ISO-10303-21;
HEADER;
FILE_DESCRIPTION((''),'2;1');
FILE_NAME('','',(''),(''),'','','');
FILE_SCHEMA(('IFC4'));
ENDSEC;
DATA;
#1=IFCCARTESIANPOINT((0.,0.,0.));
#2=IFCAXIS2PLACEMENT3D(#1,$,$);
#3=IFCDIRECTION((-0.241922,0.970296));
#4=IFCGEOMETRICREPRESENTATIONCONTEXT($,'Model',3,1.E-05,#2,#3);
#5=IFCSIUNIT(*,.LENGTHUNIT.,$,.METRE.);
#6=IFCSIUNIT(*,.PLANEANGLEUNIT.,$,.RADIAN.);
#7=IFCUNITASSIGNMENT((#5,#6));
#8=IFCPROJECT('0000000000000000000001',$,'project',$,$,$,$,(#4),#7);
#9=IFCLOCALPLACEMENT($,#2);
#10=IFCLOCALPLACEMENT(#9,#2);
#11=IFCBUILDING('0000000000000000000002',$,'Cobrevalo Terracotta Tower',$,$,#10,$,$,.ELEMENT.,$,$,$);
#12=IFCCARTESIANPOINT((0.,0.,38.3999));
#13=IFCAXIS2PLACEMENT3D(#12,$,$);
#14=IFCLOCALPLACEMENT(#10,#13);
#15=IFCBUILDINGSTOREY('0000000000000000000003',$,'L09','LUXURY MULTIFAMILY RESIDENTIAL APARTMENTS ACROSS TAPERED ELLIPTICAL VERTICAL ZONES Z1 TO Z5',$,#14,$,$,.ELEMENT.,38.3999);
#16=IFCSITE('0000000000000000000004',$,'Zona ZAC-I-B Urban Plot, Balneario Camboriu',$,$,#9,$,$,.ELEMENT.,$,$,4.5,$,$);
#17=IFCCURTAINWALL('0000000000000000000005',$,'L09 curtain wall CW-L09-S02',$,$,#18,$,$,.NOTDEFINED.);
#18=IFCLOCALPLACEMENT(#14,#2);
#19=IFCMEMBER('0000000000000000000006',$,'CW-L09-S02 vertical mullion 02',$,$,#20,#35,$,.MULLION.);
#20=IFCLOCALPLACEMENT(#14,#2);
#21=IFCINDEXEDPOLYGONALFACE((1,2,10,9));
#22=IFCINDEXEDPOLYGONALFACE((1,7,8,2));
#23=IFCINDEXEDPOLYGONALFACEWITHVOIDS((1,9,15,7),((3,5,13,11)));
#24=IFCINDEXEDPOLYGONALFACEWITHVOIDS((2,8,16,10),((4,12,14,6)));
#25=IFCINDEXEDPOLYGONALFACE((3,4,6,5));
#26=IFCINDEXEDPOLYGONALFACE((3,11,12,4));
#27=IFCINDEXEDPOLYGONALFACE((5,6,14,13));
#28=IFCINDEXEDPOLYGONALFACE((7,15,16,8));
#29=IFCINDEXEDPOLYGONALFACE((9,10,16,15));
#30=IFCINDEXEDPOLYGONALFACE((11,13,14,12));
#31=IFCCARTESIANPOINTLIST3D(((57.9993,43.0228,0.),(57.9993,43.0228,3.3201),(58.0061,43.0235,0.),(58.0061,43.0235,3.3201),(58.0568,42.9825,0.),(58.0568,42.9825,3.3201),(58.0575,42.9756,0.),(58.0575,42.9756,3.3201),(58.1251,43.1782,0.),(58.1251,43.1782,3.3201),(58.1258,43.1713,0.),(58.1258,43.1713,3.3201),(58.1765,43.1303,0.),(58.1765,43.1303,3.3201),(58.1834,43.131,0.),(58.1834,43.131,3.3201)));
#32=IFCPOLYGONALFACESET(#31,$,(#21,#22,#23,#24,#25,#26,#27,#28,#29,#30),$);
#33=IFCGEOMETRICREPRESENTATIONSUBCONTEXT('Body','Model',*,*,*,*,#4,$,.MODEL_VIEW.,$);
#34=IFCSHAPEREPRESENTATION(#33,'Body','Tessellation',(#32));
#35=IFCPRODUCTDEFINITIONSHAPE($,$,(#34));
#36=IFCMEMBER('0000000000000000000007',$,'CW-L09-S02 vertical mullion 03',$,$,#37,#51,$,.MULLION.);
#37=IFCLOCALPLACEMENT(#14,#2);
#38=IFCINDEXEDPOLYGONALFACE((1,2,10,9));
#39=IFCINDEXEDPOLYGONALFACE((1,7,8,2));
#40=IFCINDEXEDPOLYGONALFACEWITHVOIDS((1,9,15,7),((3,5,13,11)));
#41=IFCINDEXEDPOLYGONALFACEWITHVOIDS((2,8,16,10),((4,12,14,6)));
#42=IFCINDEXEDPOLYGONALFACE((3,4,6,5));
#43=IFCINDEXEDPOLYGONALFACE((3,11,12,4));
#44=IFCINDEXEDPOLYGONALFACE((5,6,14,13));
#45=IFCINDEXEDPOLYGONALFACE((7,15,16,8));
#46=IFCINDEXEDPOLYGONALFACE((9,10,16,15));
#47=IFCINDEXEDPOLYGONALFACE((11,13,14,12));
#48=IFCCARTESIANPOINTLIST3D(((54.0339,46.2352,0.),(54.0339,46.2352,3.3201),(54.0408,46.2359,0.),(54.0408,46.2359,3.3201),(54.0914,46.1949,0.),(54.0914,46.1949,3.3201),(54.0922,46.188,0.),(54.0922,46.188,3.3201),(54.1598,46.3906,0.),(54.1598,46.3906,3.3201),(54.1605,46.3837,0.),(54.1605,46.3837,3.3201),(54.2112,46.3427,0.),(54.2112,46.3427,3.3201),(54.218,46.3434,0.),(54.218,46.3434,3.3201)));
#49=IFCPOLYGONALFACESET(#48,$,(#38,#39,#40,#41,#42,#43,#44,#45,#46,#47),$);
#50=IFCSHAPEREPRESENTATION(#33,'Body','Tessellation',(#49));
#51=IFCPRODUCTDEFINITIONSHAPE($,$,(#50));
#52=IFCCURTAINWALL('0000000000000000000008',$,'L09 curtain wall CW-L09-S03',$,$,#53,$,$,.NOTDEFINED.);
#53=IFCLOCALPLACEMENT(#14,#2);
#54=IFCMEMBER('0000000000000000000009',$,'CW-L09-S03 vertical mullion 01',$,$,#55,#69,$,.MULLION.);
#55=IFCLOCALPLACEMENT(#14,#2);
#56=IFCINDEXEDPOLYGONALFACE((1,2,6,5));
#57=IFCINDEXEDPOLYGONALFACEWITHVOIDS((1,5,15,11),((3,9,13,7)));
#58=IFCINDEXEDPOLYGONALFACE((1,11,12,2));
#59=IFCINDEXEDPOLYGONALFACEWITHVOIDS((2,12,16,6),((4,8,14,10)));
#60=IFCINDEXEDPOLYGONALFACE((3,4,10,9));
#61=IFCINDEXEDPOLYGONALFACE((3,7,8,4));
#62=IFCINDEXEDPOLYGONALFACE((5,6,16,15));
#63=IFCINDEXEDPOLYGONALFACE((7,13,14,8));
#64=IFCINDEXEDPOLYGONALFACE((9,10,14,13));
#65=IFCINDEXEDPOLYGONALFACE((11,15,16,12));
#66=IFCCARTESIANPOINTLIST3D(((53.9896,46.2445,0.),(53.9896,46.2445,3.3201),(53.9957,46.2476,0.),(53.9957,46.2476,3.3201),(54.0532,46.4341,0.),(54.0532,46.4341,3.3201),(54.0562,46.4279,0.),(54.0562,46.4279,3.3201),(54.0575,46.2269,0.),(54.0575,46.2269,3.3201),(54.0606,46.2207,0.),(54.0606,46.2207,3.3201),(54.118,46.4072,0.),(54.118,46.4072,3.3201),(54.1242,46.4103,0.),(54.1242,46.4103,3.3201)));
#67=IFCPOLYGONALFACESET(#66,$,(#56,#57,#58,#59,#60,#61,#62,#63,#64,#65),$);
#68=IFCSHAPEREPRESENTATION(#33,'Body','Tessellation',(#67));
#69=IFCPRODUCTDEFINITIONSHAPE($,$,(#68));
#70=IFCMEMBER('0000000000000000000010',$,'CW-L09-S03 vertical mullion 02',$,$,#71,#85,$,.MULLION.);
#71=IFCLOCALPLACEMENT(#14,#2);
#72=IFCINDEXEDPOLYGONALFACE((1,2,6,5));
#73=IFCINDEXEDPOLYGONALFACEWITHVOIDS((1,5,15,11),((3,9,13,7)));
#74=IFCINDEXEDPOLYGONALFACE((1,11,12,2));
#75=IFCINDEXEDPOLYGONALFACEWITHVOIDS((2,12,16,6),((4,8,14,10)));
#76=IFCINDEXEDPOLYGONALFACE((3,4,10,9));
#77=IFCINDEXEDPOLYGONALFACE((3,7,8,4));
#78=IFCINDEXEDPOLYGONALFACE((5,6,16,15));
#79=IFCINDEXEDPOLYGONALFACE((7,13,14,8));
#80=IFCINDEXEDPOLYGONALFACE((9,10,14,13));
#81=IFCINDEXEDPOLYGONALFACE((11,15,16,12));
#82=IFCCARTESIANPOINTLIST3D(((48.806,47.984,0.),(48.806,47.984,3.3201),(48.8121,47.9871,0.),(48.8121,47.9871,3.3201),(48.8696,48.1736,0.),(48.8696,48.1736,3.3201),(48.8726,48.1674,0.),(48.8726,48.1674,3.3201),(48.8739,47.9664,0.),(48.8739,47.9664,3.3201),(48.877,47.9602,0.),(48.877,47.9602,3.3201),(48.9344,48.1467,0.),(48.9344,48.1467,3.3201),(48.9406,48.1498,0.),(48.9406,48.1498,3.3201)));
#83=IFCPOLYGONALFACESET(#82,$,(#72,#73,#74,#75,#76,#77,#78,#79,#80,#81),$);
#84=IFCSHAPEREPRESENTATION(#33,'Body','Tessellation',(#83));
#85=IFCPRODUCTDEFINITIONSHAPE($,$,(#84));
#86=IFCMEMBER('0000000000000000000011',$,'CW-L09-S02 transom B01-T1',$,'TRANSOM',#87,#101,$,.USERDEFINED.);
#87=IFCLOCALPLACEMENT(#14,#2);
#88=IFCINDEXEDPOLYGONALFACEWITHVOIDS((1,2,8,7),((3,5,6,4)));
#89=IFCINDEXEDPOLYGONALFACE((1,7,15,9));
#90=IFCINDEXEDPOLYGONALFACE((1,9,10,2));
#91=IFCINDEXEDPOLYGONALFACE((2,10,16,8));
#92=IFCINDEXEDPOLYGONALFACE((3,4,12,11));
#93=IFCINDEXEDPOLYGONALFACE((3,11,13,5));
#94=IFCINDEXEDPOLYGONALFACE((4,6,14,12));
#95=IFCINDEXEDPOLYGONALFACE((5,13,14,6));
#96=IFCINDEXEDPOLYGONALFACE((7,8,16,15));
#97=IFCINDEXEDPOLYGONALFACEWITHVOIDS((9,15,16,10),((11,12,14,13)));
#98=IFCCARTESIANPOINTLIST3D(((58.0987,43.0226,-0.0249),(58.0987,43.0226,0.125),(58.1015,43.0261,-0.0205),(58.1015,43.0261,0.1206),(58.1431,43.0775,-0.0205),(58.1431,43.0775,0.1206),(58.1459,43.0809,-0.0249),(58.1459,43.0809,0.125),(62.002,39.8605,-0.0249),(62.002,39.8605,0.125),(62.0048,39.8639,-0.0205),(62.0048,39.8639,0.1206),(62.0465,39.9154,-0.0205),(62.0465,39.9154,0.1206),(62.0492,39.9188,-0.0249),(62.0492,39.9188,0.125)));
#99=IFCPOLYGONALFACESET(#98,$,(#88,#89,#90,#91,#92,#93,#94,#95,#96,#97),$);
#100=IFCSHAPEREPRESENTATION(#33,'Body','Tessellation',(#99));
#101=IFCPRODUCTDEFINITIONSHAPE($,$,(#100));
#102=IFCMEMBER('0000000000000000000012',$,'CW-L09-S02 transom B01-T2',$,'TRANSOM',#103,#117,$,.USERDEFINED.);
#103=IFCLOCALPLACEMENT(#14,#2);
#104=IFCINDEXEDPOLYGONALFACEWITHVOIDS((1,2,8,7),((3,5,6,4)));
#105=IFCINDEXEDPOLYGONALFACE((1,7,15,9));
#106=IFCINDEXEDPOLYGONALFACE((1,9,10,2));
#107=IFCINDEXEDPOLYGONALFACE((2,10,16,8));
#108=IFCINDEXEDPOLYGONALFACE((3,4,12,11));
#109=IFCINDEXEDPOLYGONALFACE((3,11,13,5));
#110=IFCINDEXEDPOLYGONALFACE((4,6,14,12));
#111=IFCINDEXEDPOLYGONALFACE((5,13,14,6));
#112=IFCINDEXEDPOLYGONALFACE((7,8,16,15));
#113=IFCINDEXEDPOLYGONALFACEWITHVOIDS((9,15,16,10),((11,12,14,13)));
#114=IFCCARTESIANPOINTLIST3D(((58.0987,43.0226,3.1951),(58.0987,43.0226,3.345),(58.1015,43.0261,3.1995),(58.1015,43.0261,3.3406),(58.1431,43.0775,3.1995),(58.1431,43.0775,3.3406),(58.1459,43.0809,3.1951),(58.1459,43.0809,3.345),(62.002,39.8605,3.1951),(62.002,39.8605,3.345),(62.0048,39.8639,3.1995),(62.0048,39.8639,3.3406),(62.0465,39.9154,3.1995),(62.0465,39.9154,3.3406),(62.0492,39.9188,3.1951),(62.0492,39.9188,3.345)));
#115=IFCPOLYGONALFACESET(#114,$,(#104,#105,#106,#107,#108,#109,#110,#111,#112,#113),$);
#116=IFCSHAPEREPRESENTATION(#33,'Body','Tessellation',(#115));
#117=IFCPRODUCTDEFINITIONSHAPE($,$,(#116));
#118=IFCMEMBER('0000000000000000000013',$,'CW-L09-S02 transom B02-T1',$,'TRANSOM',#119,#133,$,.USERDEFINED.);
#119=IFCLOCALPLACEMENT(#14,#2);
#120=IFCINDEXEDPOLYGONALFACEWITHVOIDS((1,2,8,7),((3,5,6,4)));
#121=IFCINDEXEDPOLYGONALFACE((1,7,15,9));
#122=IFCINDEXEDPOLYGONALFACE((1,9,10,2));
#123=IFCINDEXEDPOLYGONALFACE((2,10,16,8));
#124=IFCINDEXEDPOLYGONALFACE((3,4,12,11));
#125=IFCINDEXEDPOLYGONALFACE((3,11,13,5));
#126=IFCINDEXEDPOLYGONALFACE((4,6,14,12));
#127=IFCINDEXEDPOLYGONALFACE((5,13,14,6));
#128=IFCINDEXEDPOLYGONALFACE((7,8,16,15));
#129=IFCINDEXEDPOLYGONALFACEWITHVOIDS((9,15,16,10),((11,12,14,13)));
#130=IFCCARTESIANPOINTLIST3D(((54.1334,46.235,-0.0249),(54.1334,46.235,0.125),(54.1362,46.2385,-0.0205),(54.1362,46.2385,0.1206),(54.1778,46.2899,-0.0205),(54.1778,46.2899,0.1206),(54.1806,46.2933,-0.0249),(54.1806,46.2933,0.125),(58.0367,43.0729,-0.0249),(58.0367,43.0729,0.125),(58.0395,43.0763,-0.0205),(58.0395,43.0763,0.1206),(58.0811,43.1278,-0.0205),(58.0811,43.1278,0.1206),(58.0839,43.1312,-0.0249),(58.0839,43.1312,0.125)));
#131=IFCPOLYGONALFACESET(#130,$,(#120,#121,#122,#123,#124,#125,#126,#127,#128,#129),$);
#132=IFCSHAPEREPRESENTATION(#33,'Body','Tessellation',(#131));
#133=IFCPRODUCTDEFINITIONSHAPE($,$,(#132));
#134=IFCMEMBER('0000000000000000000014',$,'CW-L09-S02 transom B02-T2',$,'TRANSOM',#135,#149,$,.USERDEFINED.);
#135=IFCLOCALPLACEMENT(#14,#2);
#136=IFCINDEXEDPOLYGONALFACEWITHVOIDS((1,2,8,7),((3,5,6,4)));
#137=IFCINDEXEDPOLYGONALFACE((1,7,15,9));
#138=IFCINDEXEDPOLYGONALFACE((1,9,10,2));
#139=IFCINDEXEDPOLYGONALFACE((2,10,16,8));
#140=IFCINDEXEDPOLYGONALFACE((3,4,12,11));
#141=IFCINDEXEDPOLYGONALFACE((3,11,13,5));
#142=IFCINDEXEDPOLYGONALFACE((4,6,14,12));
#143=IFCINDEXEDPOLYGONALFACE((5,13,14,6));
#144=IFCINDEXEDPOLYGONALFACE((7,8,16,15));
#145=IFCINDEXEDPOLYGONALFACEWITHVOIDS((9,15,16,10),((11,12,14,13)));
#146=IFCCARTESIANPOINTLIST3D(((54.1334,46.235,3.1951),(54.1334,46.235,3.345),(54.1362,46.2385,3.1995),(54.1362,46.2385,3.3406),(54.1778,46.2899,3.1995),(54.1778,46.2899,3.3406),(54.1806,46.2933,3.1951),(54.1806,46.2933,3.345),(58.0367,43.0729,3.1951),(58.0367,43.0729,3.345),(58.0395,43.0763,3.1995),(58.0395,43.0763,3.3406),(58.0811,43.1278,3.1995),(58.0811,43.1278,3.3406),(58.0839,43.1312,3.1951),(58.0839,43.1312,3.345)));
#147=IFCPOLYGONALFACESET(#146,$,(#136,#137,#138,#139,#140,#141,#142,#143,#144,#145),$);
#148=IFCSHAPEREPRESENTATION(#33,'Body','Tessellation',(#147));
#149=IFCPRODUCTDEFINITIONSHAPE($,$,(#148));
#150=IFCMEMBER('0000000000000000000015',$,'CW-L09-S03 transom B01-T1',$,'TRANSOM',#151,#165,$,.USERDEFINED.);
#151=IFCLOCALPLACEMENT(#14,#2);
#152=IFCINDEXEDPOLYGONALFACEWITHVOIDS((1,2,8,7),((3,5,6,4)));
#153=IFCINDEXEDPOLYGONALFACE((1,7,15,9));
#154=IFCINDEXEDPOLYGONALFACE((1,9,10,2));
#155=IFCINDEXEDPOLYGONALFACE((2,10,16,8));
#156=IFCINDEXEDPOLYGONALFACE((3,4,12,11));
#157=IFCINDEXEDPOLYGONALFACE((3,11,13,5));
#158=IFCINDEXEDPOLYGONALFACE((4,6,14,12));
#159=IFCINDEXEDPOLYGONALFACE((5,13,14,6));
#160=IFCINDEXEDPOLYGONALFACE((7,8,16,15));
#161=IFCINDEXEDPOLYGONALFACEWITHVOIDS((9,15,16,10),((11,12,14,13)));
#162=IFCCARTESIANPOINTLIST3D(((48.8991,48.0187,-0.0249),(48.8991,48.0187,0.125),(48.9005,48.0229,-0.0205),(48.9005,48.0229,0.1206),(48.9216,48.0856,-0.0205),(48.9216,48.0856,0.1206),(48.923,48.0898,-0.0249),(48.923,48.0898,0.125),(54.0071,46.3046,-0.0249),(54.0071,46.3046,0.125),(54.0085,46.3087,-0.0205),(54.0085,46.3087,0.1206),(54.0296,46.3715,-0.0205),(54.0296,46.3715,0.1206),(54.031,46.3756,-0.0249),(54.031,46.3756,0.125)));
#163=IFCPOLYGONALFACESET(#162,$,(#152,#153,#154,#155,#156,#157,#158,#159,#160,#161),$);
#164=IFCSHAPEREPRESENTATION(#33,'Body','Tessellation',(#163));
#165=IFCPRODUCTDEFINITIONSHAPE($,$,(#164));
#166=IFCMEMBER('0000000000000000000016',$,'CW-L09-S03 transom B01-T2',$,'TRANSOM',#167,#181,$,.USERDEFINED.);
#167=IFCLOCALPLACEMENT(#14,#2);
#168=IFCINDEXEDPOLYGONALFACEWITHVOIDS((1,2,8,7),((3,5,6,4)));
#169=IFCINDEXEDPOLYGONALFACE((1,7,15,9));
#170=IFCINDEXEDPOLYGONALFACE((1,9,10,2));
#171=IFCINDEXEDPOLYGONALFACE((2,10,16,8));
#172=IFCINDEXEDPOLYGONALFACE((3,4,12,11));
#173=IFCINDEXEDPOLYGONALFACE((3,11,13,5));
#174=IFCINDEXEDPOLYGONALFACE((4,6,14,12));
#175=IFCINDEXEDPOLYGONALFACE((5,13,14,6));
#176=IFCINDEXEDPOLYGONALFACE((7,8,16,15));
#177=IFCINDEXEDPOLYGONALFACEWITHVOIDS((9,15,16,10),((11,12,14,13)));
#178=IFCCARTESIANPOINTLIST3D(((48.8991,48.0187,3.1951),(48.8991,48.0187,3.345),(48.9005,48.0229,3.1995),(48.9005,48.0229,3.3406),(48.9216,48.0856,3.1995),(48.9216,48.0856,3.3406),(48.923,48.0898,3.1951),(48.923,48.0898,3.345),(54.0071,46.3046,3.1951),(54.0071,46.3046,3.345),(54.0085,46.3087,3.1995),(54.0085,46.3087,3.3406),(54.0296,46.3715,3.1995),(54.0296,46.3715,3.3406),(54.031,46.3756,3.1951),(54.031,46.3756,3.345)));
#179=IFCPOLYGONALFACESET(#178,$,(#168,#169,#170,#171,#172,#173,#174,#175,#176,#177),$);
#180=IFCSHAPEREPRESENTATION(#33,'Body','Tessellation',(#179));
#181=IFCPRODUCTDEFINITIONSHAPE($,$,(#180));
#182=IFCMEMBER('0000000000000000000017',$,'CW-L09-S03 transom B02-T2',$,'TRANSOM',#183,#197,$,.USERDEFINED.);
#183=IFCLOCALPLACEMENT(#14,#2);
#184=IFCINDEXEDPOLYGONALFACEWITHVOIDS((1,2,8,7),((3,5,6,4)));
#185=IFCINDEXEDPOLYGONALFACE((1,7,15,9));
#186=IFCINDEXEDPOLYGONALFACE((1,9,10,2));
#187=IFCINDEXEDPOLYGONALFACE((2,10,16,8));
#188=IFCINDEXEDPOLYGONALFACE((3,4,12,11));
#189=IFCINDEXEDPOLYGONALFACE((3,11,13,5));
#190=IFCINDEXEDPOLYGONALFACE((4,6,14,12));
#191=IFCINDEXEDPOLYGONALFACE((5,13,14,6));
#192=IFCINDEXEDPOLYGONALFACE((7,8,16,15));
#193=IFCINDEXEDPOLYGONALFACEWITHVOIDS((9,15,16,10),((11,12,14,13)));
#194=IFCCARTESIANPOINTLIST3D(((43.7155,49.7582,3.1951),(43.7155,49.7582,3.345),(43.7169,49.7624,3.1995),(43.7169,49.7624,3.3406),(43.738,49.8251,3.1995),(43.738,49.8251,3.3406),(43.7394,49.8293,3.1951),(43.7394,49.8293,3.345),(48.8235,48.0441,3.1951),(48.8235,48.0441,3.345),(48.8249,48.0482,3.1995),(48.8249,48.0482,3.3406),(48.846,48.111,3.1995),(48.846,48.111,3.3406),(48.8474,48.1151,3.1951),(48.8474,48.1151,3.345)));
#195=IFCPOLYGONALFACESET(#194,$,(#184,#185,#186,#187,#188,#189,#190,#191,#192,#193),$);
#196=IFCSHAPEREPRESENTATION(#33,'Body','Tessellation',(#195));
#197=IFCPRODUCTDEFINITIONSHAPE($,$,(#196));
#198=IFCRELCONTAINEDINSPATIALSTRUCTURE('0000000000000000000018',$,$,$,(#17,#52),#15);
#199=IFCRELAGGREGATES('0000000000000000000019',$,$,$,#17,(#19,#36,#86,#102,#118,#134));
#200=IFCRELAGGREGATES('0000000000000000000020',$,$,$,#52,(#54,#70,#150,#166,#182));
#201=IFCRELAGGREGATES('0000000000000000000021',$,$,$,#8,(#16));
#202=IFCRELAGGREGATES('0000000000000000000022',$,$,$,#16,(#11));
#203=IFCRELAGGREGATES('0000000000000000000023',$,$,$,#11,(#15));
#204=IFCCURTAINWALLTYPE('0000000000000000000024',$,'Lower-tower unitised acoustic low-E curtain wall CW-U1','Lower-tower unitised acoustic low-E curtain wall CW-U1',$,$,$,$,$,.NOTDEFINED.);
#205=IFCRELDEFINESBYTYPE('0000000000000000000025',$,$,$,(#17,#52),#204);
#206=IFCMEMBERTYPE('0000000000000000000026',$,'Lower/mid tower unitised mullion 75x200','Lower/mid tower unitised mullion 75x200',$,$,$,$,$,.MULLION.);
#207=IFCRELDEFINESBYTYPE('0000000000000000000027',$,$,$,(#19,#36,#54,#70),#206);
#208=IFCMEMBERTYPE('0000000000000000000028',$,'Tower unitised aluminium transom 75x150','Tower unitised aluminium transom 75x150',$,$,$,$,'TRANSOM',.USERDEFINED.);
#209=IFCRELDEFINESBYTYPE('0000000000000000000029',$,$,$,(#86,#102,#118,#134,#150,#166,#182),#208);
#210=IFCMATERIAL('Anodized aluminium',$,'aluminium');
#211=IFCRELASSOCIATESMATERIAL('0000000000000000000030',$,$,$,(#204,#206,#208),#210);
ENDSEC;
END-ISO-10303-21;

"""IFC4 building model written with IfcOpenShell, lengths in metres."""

from ifc_helpers import new_model, si_unit, direction, frame, origin, origin_2d, place, context, subcontext, project, spatial, hollow_rectangle, extrude, source, transform, mapped, material, material_profile, profile_set, type_object, element, aggregate, save


model = new_model("IFC4")

# Units and contexts
model_context = context("Model", 3, precision=1e-05, world=origin(), true_north=direction((-0.241922, 0.970296)))
body_context = subcontext(model_context, "Body", "Model", "MODEL_VIEW")
ifc_project = project(units=[si_unit("LENGTHUNIT", "METRE"), si_unit("PLANEANGLEUNIT", "RADIAN")], contexts=[model_context])

# Site, building, storey
site_placement = place(None, origin())
site = spatial("IfcSite", under=ifc_project, at=site_placement, Name="Zona ZAC-I-B Urban Plot, Balneario Camboriu", CompositionType="ELEMENT", RefElevation=4.5)
building_placement = place(site_placement, origin())
building = spatial("IfcBuilding", under=site, at=building_placement, Name="Cobrevalo Terracotta Tower", CompositionType="ELEMENT")
storey_placement = place(building_placement, frame((0.0, 0.0, 38.3999)))
storey = spatial("IfcBuildingStorey", under=building, at=storey_placement, Name="L09", Description="LUXURY MULTIFAMILY RESIDENTIAL APARTMENTS ACROSS TAPERED ELLIPTICAL VERTICAL ZONES Z1 TO Z5", CompositionType="ELEMENT", Elevation=38.3999)

# Curtain walls, members
ifc_material_1 = material(Name="Anodized aluminium", Category="aluminium")
curtain_wall_type = type_object("IfcCurtainWallType", Name="Lower-tower unitised acoustic low-E curtain wall CW-U1", Description="Lower-tower unitised acoustic low-E curtain wall CW-U1", PredefinedType="NOTDEFINED", material=ifc_material_1)
curtain_wall_1_placement = place(storey_placement, origin())
curtain_wall_1 = element("IfcCurtainWall", 1, at=curtain_wall_1_placement, inside=storey, type_object=curtain_wall_type, Name="L09 curtain wall CW-L09-S02", PredefinedType="NOTDEFINED")
ifc_material_profile_1 = material_profile(ifc_material_1, hollow_rectangle(XDim=0.075, YDim=0.2, WallThickness=0.0049, at=origin_2d()), Name="CWM 75x200")
ifc_profile_set_1 = profile_set([ifc_material_profile_1], Name="Anodized aluminium")
member_type_1 = type_object("IfcMemberType", Name="Lower/mid tower unitised mullion 75x200", Description="Lower/mid tower unitised mullion 75x200", PredefinedType="MULLION", material=ifc_profile_set_1)
shared_shape_1 = source(origin(), body_context, "Body", "SweptSolid", [
    extrude(hollow_rectangle(XDim=0.075, YDim=0.2, WallThickness=0.0049, at=origin_2d()), origin(), (0.0, 0.0, 1.0), 3.3201),
])
member_1_placement = place(storey_placement, frame((58.0913, 43.0769, 0.0), z_axis=(0.0, 0.0, 1.0), x_axis=(-0.777003, 0.629497, 0.0)))
member_1 = element("IfcMember", 2, at=member_1_placement, type_object=member_type_1, Name="CW-L09-S02 vertical mullion 02", PredefinedType="MULLION", context=body_context, shape_type="MappedRepresentation", body=[
    mapped(shared_shape_1, transform((0.0, 0.0, 0.0), scale=1.0)),
])
member_2_placement = place(storey_placement, frame((54.126, 46.2893, 0.0), z_axis=(0.0, 0.0, 1.0), x_axis=(-0.777003, 0.629497, 0.0)))
member_2 = element("IfcMember", 3, at=member_2_placement, type_object=member_type_1, Name="CW-L09-S02 vertical mullion 03", PredefinedType="MULLION", context=body_context, shape_type="MappedRepresentation", body=[
    mapped(shared_shape_1, transform((0.0, 0.0, 0.0), scale=1.0)),
])
curtain_wall_2_placement = place(storey_placement, origin())
curtain_wall_2 = element("IfcCurtainWall", 4, at=curtain_wall_2_placement, inside=storey, type_object=curtain_wall_type, Name="L09 curtain wall CW-L09-S03", PredefinedType="NOTDEFINED")
member_3_placement = place(storey_placement, frame((54.0569, 46.3274, 0.0), z_axis=(0.0, 0.0, 1.0), x_axis=(-0.948046, 0.318132, 0.0)))
member_3 = element("IfcMember", 5, at=member_3_placement, type_object=member_type_1, Name="CW-L09-S03 vertical mullion 01", PredefinedType="MULLION", context=body_context, shape_type="MappedRepresentation", body=[
    mapped(shared_shape_1, transform((0.0, 0.0, 0.0), scale=1.0)),
])
member_4_placement = place(storey_placement, frame((48.8733, 48.0669, 0.0), z_axis=(0.0, 0.0, 1.0), x_axis=(-0.948046, 0.318132, 0.0)))
member_4 = element("IfcMember", 6, at=member_4_placement, type_object=member_type_1, Name="CW-L09-S03 vertical mullion 02", PredefinedType="MULLION", context=body_context, shape_type="MappedRepresentation", body=[
    mapped(shared_shape_1, transform((0.0, 0.0, 0.0), scale=1.0)),
])

# Members
ifc_material_profile_2 = material_profile(ifc_material_1, hollow_rectangle(XDim=0.075, YDim=0.1499, WallThickness=0.0044, at=origin_2d()), Name="CWT 75x150")
ifc_profile_set_2 = profile_set([ifc_material_profile_2], Name="Anodized aluminium")
member_type_2 = type_object("IfcMemberType", Name="Tower unitised aluminium transom 75x150", Description="Tower unitised aluminium transom 75x150", ElementType="TRANSOM", PredefinedType="USERDEFINED", material=ifc_profile_set_2)
shared_shape_2 = source(origin(), body_context, "Body", "SweptSolid", [
    extrude(hollow_rectangle(XDim=0.075, YDim=0.1499, WallThickness=0.0044, at=origin_2d()), origin(), (0.0, 0.0, 1.0), 5.0234),
])
member_5_placement = place(storey_placement, frame((62.0256, 39.8896, 0.05), z_axis=(-0.777023, 0.629472, 0.0), x_axis=(-0.629472, -0.777023, 0.0)))
member_5 = element("IfcMember", 7, at=member_5_placement, type_object=member_type_2, Name="CW-L09-S02 transom B01-T1", ObjectType="TRANSOM", PredefinedType="USERDEFINED", context=body_context, shape_type="MappedRepresentation", body=[
    mapped(shared_shape_2, transform((0.0, 0.0, 0.0), scale=1.0)),
])
member_6_placement = place(storey_placement, frame((62.0256, 39.8896, 3.27), z_axis=(-0.777023, 0.629472, 0.0), x_axis=(-0.629472, -0.777023, 0.0)))
member_6 = element("IfcMember", 8, at=member_6_placement, type_object=member_type_2, Name="CW-L09-S02 transom B01-T2", ObjectType="TRANSOM", PredefinedType="USERDEFINED", context=body_context, shape_type="MappedRepresentation", body=[
    mapped(shared_shape_2, transform((0.0, 0.0, 0.0), scale=1.0)),
])
member_7_placement = place(storey_placement, frame((58.0603, 43.1021, 0.05), z_axis=(-0.777023, 0.629472, 0.0), x_axis=(-0.629472, -0.777023, 0.0)))
member_7 = element("IfcMember", 9, at=member_7_placement, type_object=member_type_2, Name="CW-L09-S02 transom B02-T1", ObjectType="TRANSOM", PredefinedType="USERDEFINED", context=body_context, shape_type="MappedRepresentation", body=[
    mapped(shared_shape_2, transform((0.0, 0.0, 0.0), scale=1.0)),
])
member_8_placement = place(storey_placement, frame((58.0603, 43.1021, 3.27), z_axis=(-0.777023, 0.629472, 0.0), x_axis=(-0.629472, -0.777023, 0.0)))
member_8 = element("IfcMember", 10, at=member_8_placement, type_object=member_type_2, Name="CW-L09-S02 transom B02-T2", ObjectType="TRANSOM", PredefinedType="USERDEFINED", context=body_context, shape_type="MappedRepresentation", body=[
    mapped(shared_shape_2, transform((0.0, 0.0, 0.0), scale=1.0)),
])
shared_shape_3 = source(origin(), body_context, "Body", "SweptSolid", [
    extrude(hollow_rectangle(XDim=0.075, YDim=0.1499, WallThickness=0.0044, at=origin_2d()), origin(), (0.0, 0.0, 1.0), 5.3879),
])
member_9_placement = place(storey_placement, frame((54.019, 46.3401, 0.05), z_axis=(-0.948042, 0.318144, 0.0), x_axis=(-0.318144, -0.948042, 0.0)))
member_9 = element("IfcMember", 11, at=member_9_placement, type_object=member_type_2, Name="CW-L09-S03 transom B01-T1", ObjectType="TRANSOM", PredefinedType="USERDEFINED", context=body_context, shape_type="MappedRepresentation", body=[
    mapped(shared_shape_3, transform((0.0, 0.0, 0.0), scale=1.0)),
])
member_10_placement = place(storey_placement, frame((54.019, 46.3401, 3.27), z_axis=(-0.948042, 0.318144, 0.0), x_axis=(-0.318144, -0.948042, 0.0)))
member_10 = element("IfcMember", 12, at=member_10_placement, type_object=member_type_2, Name="CW-L09-S03 transom B01-T2", ObjectType="TRANSOM", PredefinedType="USERDEFINED", context=body_context, shape_type="MappedRepresentation", body=[
    mapped(shared_shape_3, transform((0.0, 0.0, 0.0), scale=1.0)),
])
member_11_placement = place(storey_placement, frame((48.8354, 48.0796, 3.27), z_axis=(-0.948042, 0.318144, 0.0), x_axis=(-0.318144, -0.948042, 0.0)))
member_11 = element("IfcMember", 13, at=member_11_placement, type_object=member_type_2, Name="CW-L09-S03 transom B02-T2", ObjectType="TRANSOM", PredefinedType="USERDEFINED", context=body_context, shape_type="MappedRepresentation", body=[
    mapped(shared_shape_3, transform((0.0, 0.0, 0.0), scale=1.0)),
])

aggregate(curtain_wall_1, [member_1, member_2, member_5, member_6, member_7, member_8])
aggregate(curtain_wall_2, [member_3, member_4, member_9, member_10, member_11])

save(model, "model.ifc")
